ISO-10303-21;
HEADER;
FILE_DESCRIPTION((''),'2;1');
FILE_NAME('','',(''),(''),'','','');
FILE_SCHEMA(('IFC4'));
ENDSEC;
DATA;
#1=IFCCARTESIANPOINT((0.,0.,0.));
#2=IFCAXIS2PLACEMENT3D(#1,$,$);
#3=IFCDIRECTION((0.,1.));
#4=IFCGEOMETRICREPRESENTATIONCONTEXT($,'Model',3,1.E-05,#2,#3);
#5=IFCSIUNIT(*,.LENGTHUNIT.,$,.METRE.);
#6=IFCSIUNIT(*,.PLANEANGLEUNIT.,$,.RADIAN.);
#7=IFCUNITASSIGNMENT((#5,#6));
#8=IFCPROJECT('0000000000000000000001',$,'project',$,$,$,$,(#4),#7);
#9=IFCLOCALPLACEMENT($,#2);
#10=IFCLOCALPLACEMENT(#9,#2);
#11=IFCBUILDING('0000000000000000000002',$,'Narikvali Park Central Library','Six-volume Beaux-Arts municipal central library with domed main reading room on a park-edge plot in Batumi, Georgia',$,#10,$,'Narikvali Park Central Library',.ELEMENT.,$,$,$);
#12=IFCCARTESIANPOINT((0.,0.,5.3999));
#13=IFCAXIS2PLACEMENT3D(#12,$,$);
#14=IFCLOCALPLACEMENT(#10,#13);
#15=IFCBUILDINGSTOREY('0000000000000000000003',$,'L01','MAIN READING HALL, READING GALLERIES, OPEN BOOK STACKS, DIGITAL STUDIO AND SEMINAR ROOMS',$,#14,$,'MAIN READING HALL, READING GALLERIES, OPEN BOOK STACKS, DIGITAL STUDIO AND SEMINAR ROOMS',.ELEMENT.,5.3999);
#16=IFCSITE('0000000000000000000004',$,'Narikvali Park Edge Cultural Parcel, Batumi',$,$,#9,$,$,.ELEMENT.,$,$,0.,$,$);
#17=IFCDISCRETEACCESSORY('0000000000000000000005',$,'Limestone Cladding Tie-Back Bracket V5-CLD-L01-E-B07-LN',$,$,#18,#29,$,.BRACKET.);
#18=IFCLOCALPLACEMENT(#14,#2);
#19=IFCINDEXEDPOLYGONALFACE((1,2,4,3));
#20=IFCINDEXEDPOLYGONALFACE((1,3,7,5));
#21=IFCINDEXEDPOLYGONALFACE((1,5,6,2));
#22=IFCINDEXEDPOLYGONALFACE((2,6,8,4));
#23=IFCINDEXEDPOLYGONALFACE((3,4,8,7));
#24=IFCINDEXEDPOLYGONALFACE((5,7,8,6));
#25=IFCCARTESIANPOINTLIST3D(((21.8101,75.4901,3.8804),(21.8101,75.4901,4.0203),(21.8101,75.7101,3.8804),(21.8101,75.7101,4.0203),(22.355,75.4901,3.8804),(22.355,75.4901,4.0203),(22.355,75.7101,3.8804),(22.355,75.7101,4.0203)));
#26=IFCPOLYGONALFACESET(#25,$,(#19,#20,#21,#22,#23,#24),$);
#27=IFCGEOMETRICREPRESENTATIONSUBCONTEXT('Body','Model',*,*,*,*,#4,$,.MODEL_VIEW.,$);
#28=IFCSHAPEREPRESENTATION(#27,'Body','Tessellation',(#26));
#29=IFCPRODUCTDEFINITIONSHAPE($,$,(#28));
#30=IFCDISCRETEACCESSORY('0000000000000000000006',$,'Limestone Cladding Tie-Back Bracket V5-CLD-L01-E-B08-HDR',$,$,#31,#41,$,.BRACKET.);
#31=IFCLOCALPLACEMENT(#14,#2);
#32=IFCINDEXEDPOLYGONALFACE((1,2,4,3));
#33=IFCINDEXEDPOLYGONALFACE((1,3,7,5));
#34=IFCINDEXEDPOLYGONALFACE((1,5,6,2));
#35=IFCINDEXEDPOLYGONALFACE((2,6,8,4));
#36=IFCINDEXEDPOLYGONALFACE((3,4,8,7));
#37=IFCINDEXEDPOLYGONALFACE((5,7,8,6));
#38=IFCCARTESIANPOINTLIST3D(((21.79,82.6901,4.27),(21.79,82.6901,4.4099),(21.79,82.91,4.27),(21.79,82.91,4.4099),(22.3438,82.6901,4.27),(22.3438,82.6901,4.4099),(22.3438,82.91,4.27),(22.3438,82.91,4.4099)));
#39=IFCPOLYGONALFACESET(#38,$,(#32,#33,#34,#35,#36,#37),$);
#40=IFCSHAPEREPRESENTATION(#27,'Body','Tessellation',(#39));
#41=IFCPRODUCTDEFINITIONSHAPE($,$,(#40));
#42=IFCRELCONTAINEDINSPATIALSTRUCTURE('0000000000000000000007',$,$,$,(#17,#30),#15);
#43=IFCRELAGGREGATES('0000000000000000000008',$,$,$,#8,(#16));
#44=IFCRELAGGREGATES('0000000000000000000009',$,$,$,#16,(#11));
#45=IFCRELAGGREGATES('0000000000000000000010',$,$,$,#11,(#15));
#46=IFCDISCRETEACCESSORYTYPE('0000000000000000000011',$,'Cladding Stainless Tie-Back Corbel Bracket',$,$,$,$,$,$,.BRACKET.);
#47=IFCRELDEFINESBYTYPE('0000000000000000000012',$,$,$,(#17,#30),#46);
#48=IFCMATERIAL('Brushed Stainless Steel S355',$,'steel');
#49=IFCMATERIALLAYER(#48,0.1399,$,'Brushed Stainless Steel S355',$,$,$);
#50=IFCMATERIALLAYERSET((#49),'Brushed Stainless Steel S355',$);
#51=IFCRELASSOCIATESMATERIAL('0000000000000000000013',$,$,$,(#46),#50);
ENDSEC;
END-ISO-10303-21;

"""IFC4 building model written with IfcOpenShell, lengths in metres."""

from ifc_helpers import new_model, si_unit, direction, frame, origin, origin_2d, place, context, subcontext, project, spatial, rectangle, extrude, material, layer, layer_set, type_object, element, save


model = new_model("IFC4")

# Units and contexts
model_context = context("Model", 3, precision=1e-05, world=origin(), true_north=direction((0.0, 1.0)))
body_context = subcontext(model_context, "Body", "Model", "MODEL_VIEW")
ifc_project = project(units=[si_unit("LENGTHUNIT", "METRE"), si_unit("PLANEANGLEUNIT", "RADIAN")], contexts=[model_context])

# Site, building, storey
site_placement = place(None, origin())
site = spatial("IfcSite", under=ifc_project, at=site_placement, Name="Narikvali Park Edge Cultural Parcel, Batumi", CompositionType="ELEMENT", RefElevation=0.0)
building_placement = place(site_placement, origin())
building = spatial("IfcBuilding", under=site, at=building_placement, Name="Narikvali Park Central Library", Description="Six-volume Beaux-Arts municipal central library with domed main reading room on a park-edge plot in Batumi, Georgia", LongName="Narikvali Park Central Library", CompositionType="ELEMENT")
storey_placement = place(building_placement, frame((0.0, 0.0, 5.3999)))
storey = spatial("IfcBuildingStorey", under=building, at=storey_placement, Name="L01", Description="MAIN READING HALL, READING GALLERIES, OPEN BOOK STACKS, DIGITAL STUDIO AND SEMINAR ROOMS", LongName="MAIN READING HALL, READING GALLERIES, OPEN BOOK STACKS, DIGITAL STUDIO AND SEMINAR ROOMS", CompositionType="ELEMENT", Elevation=5.3999)

# Discrete accessories
ifc_material_1 = material(Name="Brushed Stainless Steel S355", Category="steel")
ifc_layer_1 = layer(ifc_material_1, 0.1399, Name="Brushed Stainless Steel S355")
ifc_layer_set_1 = layer_set([ifc_layer_1], Name="Brushed Stainless Steel S355")
discrete_accessory_type = type_object("IfcDiscreteAccessoryType", Name="Cladding Stainless Tie-Back Corbel Bracket", PredefinedType="BRACKET", material=ifc_layer_set_1)
discrete_accessory_1_placement = place(storey_placement, frame((22.0825, 75.6001, 3.8804), z_axis=(0.0, 0.0, 1.0), x_axis=(1.0, 0.0, 0.0)))
element("IfcDiscreteAccessory", 1, at=discrete_accessory_1_placement, inside=storey, type_object=discrete_accessory_type, Name="Limestone Cladding Tie-Back Bracket V5-CLD-L01-E-B07-LN", PredefinedType="BRACKET", context=body_context, shape_type="SweptSolid", body=[
    extrude(rectangle(XDim=0.5449, YDim=0.22, at=origin_2d()), origin(), (0.0, 0.0, 1.0), 0.1399),
])
discrete_accessory_2_placement = place(storey_placement, frame((22.0669, 82.8, 4.27), z_axis=(0.0, 0.0, 1.0), x_axis=(1.0, 0.0, 0.0)))
element("IfcDiscreteAccessory", 2, at=discrete_accessory_2_placement, inside=storey, type_object=discrete_accessory_type, Name="Limestone Cladding Tie-Back Bracket V5-CLD-L01-E-B08-HDR", PredefinedType="BRACKET", context=body_context, shape_type="SweptSolid", body=[
    extrude(rectangle(XDim=0.5537, YDim=0.22, at=origin_2d()), origin(), (0.0, 0.0, 1.0), 0.1399),
])

save(model, "model.ifc")
